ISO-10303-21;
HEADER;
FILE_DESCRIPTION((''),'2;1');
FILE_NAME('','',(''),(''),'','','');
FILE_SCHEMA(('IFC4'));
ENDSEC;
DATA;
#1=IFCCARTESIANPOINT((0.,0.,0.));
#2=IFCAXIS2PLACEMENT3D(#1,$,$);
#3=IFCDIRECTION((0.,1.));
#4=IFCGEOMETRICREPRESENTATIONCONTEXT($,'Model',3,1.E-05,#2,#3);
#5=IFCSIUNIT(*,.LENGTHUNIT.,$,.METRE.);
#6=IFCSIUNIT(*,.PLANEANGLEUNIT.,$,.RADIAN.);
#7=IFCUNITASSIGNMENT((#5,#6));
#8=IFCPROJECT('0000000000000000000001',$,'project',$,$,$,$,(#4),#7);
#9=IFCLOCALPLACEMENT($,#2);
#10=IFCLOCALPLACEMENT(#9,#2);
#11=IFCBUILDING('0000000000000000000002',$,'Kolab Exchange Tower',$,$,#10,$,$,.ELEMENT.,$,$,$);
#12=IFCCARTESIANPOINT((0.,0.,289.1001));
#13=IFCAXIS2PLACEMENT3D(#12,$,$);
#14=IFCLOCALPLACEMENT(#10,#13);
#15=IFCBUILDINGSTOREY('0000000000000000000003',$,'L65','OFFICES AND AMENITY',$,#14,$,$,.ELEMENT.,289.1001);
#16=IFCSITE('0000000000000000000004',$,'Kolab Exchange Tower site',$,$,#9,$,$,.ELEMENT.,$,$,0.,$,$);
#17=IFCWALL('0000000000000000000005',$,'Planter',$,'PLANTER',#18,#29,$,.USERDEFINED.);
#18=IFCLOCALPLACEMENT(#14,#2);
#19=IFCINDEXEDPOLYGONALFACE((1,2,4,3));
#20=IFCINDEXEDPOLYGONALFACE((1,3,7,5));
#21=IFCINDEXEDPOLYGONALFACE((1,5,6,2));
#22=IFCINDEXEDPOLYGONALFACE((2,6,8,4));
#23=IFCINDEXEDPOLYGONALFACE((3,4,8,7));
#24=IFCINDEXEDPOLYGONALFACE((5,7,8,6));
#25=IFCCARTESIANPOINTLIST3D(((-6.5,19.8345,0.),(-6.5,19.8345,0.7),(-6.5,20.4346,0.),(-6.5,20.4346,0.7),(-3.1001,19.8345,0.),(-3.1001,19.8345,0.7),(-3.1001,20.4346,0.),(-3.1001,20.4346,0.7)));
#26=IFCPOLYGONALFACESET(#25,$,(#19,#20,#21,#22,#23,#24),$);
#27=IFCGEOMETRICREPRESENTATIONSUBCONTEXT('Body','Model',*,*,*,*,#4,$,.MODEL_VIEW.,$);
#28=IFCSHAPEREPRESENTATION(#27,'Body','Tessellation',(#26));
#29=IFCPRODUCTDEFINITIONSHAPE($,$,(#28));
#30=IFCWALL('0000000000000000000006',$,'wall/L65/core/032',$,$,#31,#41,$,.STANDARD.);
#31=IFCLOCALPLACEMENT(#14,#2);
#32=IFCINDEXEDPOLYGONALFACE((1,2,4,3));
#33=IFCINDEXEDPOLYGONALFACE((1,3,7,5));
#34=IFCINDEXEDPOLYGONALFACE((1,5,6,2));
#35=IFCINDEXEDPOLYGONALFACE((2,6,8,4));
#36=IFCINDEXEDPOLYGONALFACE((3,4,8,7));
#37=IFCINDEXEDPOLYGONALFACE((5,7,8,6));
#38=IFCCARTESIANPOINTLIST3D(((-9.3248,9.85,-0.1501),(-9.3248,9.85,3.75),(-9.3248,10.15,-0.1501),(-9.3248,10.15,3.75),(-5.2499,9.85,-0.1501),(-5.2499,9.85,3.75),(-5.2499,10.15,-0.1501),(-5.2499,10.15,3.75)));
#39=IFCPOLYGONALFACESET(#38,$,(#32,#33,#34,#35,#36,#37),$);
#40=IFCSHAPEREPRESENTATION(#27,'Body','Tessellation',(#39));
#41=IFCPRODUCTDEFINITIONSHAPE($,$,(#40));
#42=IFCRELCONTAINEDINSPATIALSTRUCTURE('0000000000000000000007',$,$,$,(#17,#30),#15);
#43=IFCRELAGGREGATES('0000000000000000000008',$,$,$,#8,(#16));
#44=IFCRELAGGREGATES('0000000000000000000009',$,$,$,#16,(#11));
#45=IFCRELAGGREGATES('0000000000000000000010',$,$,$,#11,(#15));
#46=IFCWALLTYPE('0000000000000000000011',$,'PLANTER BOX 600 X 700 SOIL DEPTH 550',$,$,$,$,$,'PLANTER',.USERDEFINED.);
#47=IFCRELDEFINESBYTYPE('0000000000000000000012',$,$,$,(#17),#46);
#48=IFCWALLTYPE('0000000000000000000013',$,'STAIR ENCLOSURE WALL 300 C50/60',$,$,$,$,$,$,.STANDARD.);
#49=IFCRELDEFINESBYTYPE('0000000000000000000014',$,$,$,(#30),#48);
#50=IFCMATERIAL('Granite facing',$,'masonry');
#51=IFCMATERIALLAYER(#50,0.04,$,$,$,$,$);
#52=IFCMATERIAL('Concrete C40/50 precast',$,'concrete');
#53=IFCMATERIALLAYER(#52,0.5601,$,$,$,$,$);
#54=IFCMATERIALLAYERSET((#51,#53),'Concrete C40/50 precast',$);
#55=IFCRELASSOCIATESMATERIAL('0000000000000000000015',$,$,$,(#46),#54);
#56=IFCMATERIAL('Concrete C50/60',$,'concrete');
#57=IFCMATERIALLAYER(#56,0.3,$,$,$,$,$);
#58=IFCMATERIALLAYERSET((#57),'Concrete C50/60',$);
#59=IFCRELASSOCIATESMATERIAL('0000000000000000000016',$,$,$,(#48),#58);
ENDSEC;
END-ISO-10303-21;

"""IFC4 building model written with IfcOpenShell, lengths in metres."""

from ifc_helpers import new_model, si_unit, direction, frame, frame_2d, origin, place, context, subcontext, project, spatial, rectangle, extrude, material, layer, layer_set, type_object, element, save


model = new_model("IFC4")

# Units and contexts
model_context = context("Model", 3, precision=1e-05, world=origin(), true_north=direction((0.0, 1.0)))
body_context = subcontext(model_context, "Body", "Model", "MODEL_VIEW")
ifc_project = project(units=[si_unit("LENGTHUNIT", "METRE"), si_unit("PLANEANGLEUNIT", "RADIAN")], contexts=[model_context])

# Site, building, storey
site_placement = place(None, origin())
site = spatial("IfcSite", under=ifc_project, at=site_placement, Name="Kolab Exchange Tower site", CompositionType="ELEMENT", RefElevation=0.0)
building_placement = place(site_placement, origin())
building = spatial("IfcBuilding", under=site, at=building_placement, Name="Kolab Exchange Tower", CompositionType="ELEMENT")
storey_placement = place(building_placement, frame((0.0, 0.0, 289.1001)))
storey = spatial("IfcBuildingStorey", under=building, at=storey_placement, Name="L65", Description="OFFICES AND AMENITY", CompositionType="ELEMENT", Elevation=289.1001)

# Shared definitions
ifc_material_1 = material(Name="Concrete C50/60", Category="concrete")

# Walls
ifc_material_2 = material(Name="Granite facing", Category="masonry")
ifc_layer_1 = layer(ifc_material_2, 0.04)
ifc_material_3 = material(Name="Concrete C40/50 precast", Category="concrete")
ifc_layer_2 = layer(ifc_material_3, 0.5601)
ifc_layer_set_1 = layer_set([ifc_layer_1, ifc_layer_2], Name="Concrete C40/50 precast")
wall_type_1 = type_object("IfcWallType", Name="PLANTER BOX 600 X 700 SOIL DEPTH 550", ElementType="PLANTER", PredefinedType="USERDEFINED", material=ifc_layer_set_1)
wall_1_placement = place(storey_placement, frame((-6.5, 20.1345, 0.0), z_axis=(0.0, 0.0, 1.0), x_axis=(1.0, 0.0, 0.0)))
element("IfcWall", 1, at=wall_1_placement, inside=storey, type_object=wall_type_1, Name="Planter", ObjectType="PLANTER", PredefinedType="USERDEFINED", context=body_context, shape_type="SweptSolid", body=[
    extrude(rectangle(XDim=3.3999, YDim=0.6001, at=frame_2d((1.7, 0.0))), origin(), (0.0, 0.0, 1.0), 0.7),
])
ifc_layer_3 = layer(ifc_material_1, 0.3)
ifc_layer_set_2 = layer_set([ifc_layer_3], Name="Concrete C50/60")
wall_type_2 = type_object("IfcWallType", Name="STAIR ENCLOSURE WALL 300 C50/60", PredefinedType="STANDARD", material=ifc_layer_set_2)
wall_2_placement = place(storey_placement, frame((-9.325, 10.0, -0.1501), z_axis=(0.0, 0.0, 1.0), x_axis=(1.0, 0.0, 0.0)))
element("IfcWall", 2, at=wall_2_placement, inside=storey, type_object=wall_type_2, Name="wall/L65/core/032", PredefinedType="STANDARD", context=body_context, shape_type="SweptSolid", body=[
    extrude(rectangle(XDim=4.075, YDim=0.3, at=frame_2d((2.0376, 0.0))), origin(), (0.0, 0.0, 1.0), 3.9001),
])

save(model, "model.ifc")
